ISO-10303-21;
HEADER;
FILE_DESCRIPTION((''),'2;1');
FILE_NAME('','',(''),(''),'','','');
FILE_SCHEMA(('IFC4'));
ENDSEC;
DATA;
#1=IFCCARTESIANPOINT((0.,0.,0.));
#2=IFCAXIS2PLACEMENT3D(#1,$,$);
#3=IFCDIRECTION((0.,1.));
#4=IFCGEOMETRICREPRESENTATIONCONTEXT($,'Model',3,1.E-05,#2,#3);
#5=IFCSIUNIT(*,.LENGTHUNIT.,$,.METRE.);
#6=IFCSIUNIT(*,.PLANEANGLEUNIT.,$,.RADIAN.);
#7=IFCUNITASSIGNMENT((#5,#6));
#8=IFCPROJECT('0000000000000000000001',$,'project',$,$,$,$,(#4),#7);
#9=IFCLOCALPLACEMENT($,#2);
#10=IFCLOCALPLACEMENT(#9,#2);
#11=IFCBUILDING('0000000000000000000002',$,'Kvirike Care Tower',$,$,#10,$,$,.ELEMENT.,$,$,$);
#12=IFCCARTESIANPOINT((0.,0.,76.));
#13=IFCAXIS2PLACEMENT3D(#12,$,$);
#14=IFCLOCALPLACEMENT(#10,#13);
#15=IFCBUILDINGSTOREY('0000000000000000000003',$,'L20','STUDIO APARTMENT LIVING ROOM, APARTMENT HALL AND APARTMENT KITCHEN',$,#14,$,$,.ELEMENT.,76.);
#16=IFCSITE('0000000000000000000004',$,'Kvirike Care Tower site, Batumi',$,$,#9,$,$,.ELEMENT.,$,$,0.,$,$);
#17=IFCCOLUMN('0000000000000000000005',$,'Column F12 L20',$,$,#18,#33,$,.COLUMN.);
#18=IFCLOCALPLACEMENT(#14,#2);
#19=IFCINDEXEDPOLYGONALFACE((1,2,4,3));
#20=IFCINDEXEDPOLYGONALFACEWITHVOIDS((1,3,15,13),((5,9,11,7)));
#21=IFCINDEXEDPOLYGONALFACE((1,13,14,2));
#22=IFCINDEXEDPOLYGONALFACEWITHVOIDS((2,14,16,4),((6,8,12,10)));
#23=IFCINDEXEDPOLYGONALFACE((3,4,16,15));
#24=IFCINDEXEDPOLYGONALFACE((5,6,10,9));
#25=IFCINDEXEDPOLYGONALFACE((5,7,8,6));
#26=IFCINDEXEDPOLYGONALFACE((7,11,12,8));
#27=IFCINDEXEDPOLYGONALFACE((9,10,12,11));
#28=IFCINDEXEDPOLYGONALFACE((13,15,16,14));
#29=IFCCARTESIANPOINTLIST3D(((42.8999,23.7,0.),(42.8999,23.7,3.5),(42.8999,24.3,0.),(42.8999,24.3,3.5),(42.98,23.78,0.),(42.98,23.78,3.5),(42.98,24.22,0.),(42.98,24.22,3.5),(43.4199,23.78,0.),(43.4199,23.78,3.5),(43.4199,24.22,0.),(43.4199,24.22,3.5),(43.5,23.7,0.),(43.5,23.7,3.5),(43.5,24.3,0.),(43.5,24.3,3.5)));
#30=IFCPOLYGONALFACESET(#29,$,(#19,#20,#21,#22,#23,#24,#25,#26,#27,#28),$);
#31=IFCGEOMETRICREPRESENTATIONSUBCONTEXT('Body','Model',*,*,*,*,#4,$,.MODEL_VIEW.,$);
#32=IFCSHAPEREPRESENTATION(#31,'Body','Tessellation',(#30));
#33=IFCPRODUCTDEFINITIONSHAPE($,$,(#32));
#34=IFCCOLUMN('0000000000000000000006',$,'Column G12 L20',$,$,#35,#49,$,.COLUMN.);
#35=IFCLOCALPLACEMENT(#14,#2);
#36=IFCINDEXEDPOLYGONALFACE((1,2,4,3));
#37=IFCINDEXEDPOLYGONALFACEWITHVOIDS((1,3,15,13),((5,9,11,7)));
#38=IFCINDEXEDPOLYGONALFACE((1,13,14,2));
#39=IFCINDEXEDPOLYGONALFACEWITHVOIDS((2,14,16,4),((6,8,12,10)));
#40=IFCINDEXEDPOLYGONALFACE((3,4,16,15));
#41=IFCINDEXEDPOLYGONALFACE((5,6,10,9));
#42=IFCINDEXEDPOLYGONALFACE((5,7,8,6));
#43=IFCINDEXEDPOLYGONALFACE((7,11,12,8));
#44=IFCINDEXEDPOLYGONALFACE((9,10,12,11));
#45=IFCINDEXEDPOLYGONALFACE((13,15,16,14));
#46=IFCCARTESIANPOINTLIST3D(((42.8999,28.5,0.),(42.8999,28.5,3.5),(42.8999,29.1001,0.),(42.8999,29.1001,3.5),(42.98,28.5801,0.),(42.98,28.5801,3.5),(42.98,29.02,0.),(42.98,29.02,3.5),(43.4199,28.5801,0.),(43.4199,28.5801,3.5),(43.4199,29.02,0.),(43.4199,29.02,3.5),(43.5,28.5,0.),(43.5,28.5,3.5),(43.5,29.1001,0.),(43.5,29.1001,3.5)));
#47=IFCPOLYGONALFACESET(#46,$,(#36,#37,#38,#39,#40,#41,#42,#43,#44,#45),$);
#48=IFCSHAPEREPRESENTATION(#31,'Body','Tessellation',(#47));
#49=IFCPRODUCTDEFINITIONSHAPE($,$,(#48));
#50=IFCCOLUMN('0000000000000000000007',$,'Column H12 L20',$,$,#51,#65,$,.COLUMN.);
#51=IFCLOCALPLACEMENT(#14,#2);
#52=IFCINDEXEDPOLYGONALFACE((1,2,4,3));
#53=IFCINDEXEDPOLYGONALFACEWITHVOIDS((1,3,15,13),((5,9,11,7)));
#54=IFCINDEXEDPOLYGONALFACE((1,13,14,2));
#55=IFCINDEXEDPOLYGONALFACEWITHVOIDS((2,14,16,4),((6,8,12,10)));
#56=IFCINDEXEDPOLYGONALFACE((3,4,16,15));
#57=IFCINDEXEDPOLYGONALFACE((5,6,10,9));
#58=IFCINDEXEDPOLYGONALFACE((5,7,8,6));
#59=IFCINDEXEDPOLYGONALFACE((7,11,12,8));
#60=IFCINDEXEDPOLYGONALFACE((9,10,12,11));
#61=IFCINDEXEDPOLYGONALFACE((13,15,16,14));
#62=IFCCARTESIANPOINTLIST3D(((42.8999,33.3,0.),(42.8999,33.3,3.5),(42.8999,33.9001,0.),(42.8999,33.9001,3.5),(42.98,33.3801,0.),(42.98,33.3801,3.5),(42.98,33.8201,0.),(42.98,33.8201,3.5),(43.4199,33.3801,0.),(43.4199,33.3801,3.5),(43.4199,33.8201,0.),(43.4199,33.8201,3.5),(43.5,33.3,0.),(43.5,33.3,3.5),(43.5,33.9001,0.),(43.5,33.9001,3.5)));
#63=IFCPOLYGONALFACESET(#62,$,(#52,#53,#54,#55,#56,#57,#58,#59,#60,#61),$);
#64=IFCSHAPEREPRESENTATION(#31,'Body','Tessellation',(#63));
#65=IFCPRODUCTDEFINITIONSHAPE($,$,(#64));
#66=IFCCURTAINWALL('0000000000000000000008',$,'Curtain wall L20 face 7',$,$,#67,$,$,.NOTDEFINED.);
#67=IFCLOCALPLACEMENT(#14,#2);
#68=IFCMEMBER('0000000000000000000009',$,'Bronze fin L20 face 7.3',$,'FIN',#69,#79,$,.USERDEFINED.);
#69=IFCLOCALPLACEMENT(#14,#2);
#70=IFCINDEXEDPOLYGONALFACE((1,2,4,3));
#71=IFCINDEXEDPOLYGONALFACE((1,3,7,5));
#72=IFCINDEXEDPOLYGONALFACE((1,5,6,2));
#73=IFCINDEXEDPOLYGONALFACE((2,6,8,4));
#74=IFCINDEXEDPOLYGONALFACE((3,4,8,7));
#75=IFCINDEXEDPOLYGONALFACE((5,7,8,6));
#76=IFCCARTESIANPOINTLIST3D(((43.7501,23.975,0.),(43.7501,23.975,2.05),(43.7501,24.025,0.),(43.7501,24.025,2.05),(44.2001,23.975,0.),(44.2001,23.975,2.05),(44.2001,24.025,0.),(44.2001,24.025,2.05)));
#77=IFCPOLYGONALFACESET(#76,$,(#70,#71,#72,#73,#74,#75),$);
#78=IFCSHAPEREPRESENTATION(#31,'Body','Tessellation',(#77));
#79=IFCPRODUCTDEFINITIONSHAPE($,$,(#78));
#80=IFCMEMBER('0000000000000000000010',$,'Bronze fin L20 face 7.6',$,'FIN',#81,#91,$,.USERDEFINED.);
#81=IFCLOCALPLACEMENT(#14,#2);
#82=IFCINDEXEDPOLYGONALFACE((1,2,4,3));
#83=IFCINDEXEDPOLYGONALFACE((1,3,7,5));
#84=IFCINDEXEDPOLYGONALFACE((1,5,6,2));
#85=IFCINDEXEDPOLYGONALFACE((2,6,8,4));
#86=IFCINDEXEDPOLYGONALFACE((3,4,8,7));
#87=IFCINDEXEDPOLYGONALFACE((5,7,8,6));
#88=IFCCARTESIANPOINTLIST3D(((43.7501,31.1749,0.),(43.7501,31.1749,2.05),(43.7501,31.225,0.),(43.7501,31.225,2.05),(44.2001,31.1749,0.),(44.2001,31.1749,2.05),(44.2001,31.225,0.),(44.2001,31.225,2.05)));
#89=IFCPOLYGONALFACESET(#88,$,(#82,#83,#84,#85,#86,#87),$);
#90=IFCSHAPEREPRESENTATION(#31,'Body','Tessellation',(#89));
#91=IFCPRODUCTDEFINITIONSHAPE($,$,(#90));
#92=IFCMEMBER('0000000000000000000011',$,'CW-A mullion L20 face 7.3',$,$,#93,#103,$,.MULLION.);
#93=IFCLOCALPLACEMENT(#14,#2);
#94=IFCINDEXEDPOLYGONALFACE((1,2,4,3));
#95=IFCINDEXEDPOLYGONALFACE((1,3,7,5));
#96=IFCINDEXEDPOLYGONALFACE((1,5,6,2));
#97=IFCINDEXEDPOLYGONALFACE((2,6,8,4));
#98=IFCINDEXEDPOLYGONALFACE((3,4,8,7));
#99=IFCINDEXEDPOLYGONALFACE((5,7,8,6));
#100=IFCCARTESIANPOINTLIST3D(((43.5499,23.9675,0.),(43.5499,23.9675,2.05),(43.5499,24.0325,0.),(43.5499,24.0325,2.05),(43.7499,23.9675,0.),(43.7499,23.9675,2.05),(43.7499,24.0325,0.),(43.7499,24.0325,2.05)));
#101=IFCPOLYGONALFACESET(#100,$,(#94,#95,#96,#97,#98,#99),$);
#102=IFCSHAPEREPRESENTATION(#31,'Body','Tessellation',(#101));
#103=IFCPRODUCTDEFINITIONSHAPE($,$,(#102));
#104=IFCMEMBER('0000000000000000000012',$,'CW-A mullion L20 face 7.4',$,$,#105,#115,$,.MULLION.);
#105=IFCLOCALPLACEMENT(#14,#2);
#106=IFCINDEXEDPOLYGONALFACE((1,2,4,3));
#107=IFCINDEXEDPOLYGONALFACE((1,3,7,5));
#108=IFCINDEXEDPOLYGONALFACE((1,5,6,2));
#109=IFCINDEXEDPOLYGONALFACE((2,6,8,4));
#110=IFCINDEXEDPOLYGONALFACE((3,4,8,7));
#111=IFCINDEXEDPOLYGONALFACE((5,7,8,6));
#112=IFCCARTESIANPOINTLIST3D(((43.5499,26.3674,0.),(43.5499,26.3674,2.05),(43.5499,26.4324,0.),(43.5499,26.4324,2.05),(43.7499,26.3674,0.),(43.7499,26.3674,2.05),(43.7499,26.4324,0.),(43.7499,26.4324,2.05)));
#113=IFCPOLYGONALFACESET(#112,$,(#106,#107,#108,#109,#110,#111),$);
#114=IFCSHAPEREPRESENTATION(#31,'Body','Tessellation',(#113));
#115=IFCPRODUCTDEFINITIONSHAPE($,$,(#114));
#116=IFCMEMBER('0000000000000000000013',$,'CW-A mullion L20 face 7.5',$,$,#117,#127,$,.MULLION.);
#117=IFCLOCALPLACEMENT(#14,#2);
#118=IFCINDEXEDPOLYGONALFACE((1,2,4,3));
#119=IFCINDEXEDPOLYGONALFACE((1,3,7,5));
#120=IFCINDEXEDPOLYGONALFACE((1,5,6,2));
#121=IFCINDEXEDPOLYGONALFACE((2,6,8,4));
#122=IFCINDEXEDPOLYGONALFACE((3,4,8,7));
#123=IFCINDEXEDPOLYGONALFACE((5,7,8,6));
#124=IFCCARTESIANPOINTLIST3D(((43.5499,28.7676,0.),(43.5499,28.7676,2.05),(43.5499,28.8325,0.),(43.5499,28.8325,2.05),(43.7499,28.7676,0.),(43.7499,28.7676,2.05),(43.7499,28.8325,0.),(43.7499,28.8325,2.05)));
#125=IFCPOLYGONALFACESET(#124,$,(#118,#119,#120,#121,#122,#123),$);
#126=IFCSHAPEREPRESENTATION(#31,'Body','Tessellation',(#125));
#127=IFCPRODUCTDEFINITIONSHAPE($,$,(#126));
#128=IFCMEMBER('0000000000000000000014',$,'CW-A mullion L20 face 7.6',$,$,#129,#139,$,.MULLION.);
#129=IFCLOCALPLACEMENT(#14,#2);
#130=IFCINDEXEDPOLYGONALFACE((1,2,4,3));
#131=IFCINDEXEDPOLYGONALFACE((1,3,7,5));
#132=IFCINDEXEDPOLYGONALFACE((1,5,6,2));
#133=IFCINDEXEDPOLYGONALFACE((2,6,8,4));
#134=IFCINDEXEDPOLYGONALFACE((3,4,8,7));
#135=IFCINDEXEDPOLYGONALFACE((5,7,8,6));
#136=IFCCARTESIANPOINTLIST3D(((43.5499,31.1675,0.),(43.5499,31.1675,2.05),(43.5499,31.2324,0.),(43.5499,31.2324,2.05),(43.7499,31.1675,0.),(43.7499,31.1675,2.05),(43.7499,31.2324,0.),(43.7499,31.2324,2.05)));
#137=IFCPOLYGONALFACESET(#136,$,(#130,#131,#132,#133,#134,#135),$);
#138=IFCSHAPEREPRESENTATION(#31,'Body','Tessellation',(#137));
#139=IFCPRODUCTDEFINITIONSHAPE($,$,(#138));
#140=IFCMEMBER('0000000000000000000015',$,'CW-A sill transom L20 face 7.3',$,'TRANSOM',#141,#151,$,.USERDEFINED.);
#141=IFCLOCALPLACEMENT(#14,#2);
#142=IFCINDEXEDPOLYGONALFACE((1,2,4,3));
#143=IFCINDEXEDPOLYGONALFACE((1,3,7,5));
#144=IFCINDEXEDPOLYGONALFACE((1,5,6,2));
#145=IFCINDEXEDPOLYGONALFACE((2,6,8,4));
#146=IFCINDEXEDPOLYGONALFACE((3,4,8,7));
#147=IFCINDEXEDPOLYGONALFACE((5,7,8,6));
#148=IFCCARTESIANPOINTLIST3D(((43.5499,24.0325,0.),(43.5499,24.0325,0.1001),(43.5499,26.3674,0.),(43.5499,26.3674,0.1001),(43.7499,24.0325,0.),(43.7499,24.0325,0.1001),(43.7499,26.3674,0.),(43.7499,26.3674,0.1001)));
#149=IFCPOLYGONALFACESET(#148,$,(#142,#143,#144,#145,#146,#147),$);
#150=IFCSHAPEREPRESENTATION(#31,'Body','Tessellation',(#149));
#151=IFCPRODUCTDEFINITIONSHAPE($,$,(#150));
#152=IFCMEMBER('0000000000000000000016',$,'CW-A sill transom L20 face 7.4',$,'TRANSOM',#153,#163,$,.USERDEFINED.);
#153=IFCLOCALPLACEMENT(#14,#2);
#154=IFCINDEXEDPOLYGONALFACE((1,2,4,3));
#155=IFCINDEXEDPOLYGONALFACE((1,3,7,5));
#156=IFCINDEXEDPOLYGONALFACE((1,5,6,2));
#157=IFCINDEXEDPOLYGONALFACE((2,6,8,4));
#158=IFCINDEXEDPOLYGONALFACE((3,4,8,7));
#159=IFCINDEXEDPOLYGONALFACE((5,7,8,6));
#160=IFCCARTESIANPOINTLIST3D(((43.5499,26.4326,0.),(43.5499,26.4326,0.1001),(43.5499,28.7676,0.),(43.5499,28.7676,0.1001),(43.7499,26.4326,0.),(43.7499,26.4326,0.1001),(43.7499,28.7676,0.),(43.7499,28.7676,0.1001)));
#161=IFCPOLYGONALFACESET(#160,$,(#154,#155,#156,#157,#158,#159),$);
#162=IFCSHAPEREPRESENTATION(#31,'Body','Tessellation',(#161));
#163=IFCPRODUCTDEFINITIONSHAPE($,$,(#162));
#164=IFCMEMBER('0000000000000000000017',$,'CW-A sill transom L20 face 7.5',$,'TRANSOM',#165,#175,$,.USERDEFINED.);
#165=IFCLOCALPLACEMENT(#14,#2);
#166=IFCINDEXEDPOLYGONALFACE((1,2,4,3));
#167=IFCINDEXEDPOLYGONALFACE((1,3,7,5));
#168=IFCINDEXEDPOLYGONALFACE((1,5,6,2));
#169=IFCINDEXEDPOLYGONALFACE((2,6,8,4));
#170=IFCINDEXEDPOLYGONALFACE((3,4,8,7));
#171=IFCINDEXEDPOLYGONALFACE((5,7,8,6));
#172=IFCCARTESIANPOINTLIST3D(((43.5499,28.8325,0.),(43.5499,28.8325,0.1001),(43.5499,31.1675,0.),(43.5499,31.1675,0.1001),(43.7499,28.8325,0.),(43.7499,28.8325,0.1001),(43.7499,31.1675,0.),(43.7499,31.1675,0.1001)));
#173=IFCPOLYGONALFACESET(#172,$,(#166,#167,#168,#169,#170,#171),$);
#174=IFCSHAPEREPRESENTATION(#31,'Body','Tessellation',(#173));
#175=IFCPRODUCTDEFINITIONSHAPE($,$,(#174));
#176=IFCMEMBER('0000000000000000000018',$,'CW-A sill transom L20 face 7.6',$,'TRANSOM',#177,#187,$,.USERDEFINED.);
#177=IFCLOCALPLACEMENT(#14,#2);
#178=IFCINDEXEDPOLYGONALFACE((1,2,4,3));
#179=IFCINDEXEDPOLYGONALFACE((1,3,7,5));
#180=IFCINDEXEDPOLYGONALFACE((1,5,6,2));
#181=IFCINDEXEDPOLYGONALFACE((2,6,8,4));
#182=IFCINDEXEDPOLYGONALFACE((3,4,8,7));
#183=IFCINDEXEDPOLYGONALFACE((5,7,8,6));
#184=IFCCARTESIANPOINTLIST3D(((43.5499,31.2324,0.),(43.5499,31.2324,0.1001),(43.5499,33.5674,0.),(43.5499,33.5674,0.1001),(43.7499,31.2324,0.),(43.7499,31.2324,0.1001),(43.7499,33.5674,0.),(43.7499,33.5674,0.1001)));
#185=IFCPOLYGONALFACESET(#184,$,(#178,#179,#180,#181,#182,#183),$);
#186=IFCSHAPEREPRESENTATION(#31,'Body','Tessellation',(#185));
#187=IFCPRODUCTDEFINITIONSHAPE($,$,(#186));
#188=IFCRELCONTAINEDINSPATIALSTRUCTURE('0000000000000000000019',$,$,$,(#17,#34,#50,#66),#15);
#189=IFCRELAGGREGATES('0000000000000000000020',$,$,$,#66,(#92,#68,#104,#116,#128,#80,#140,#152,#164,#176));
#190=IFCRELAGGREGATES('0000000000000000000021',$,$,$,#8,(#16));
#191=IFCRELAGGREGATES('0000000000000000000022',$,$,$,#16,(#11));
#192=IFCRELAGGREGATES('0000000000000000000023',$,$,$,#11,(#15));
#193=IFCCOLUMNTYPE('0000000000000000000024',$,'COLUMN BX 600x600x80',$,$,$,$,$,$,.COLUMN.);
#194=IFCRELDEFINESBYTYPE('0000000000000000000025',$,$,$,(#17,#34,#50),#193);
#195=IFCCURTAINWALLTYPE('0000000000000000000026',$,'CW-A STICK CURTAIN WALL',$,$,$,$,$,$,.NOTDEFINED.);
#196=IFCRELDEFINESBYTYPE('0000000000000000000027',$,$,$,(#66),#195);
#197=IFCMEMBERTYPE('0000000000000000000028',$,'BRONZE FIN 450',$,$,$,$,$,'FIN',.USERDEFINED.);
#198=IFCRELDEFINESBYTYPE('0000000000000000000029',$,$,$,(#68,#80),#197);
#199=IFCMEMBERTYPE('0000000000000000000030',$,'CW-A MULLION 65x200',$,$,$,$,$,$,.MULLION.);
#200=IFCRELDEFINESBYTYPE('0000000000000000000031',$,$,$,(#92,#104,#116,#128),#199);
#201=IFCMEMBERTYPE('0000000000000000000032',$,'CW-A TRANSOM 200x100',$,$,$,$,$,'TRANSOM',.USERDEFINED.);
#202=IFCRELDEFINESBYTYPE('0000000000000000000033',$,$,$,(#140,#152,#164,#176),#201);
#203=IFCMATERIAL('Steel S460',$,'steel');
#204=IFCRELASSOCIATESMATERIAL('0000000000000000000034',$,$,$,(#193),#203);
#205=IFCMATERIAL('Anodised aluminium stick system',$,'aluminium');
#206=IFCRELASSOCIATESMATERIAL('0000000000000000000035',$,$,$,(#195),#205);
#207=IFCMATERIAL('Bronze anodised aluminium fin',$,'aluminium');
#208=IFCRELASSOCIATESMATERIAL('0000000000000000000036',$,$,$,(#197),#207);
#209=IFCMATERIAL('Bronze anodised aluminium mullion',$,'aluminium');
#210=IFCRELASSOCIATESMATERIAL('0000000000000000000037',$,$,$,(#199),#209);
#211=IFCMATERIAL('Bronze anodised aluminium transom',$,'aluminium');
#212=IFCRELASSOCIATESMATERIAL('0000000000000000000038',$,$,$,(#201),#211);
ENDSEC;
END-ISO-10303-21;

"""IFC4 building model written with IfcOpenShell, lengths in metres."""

from ifc_helpers import new_model, si_unit, direction, frame, origin, origin_2d, place, context, subcontext, project, spatial, rectangle, hollow_rectangle, extrude, material, material_profile, profile_set, type_object, element, aggregate, save


model = new_model("IFC4")

# Units and contexts
model_context = context("Model", 3, precision=1e-05, world=origin(), true_north=direction((0.0, 1.0)))
body_context = subcontext(model_context, "Body", "Model", "MODEL_VIEW")
ifc_project = project(units=[si_unit("LENGTHUNIT", "METRE"), si_unit("PLANEANGLEUNIT", "RADIAN")], contexts=[model_context])

# Site, building, storey
site_placement = place(None, origin())
site = spatial("IfcSite", under=ifc_project, at=site_placement, Name="Kvirike Care Tower site, Batumi", CompositionType="ELEMENT", RefElevation=0.0)
building_placement = place(site_placement, origin())
building = spatial("IfcBuilding", under=site, at=building_placement, Name="Kvirike Care Tower", CompositionType="ELEMENT")
storey_placement = place(building_placement, frame((0.0, 0.0, 76.0)))
storey = spatial("IfcBuildingStorey", under=building, at=storey_placement, Name="L20", Description="STUDIO APARTMENT LIVING ROOM, APARTMENT HALL AND APARTMENT KITCHEN", CompositionType="ELEMENT", Elevation=76.0)

# Columns
ifc_material_1 = material(Name="Steel S460", Category="steel")
ifc_material_profile_1 = material_profile(ifc_material_1, hollow_rectangle(XDim=0.6001, YDim=0.6001, WallThickness=0.0801, at=origin_2d()), Name="BX 600x600x80")
ifc_profile_set_1 = profile_set([ifc_material_profile_1], Name="Steel S460")
column_type = type_object("IfcColumnType", Name="COLUMN BX 600x600x80", PredefinedType="COLUMN", material=ifc_profile_set_1)
for number, where, z_axis, x_axis, name in (
    (1, (43.2, 24.0, 0.0), (0.0, 0.0, 1.0), (1.0, 0.0, 0.0), "Column F12 L20"),
    (2, (43.2, 28.8, 0.0), (0.0, 0.0, 1.0), (0.0, 1.0, 0.0), "Column G12 L20"),
    (3, (43.2, 33.6001, 0.0), (0.0, 0.0, 1.0), (1.0, 0.0, 0.0), "Column H12 L20"),
):
    element("IfcColumn", number, at=place(storey_placement, frame(where, z_axis=z_axis, x_axis=x_axis)), inside=storey, type_object=column_type, Name=name, PredefinedType="COLUMN", context=body_context, shape_type="SweptSolid", body=[
        extrude(hollow_rectangle(XDim=0.6001, YDim=0.6001, WallThickness=0.0801, at=origin_2d()), origin(), (0.0, 0.0, 1.0), 3.5),
    ])

# Curtain wall, members
ifc_material_2 = material(Name="Anodised aluminium stick system", Category="aluminium")
curtain_wall_type = type_object("IfcCurtainWallType", Name="CW-A STICK CURTAIN WALL", PredefinedType="NOTDEFINED", material=ifc_material_2)
curtain_wall_placement = place(storey_placement, origin())
curtain_wall = element("IfcCurtainWall", 4, at=curtain_wall_placement, inside=storey, type_object=curtain_wall_type, Name="Curtain wall L20 face 7", PredefinedType="NOTDEFINED")
ifc_material_3 = material(Name="Bronze anodised aluminium fin", Category="aluminium")
ifc_material_profile_2 = material_profile(ifc_material_3, rectangle(XDim=0.05, YDim=0.45, at=origin_2d()), Name="BRONZE FIN 450")
ifc_profile_set_2 = profile_set([ifc_material_profile_2], Name="Bronze anodised aluminium fin")
member_type_1 = type_object("IfcMemberType", Name="BRONZE FIN 450", ElementType="FIN", PredefinedType="USERDEFINED", material=ifc_profile_set_2)
member_1_placement = place(storey_placement, frame((43.9751, 24.0, 0.0), z_axis=(0.0, 0.0, 1.0), x_axis=(0.0, 1.0, 0.0)))
member_1 = element("IfcMember", 5, at=member_1_placement, type_object=member_type_1, Name="Bronze fin L20 face 7.3", ObjectType="FIN", PredefinedType="USERDEFINED", context=body_context, shape_type="SweptSolid", body=[
    extrude(rectangle(XDim=0.05, YDim=0.45, at=origin_2d()), origin(), (0.0, 0.0, 1.0), 2.05),
])
member_2_placement = place(storey_placement, frame((43.9751, 31.2, 0.0), z_axis=(0.0, 0.0, 1.0), x_axis=(0.0, 1.0, 0.0)))
member_2 = element("IfcMember", 6, at=member_2_placement, type_object=member_type_1, Name="Bronze fin L20 face 7.6", ObjectType="FIN", PredefinedType="USERDEFINED", context=body_context, shape_type="SweptSolid", body=[
    extrude(rectangle(XDim=0.05, YDim=0.45, at=origin_2d()), origin(), (0.0, 0.0, 1.0), 2.05),
])
ifc_material_4 = material(Name="Bronze anodised aluminium mullion", Category="aluminium")
ifc_material_profile_3 = material_profile(ifc_material_4, rectangle(XDim=0.0649, YDim=0.2, at=origin_2d()), Name="CW-A MULLION 65x200")
ifc_profile_set_3 = profile_set([ifc_material_profile_3], Name="Bronze anodised aluminium mullion")
member_type_2 = type_object("IfcMemberType", Name="CW-A MULLION 65x200", PredefinedType="MULLION", material=ifc_profile_set_3)
member_3_placement = place(storey_placement, frame((43.6499, 24.0, 0.0), z_axis=(0.0, 0.0, 1.0), x_axis=(0.0, 1.0, 0.0)))
member_3 = element("IfcMember", 7, at=member_3_placement, type_object=member_type_2, Name="CW-A mullion L20 face 7.3", PredefinedType="MULLION", context=body_context, shape_type="SweptSolid", body=[
    extrude(rectangle(XDim=0.0649, YDim=0.2, at=origin_2d()), origin(), (0.0, 0.0, 1.0), 2.05),
])
member_4_placement = place(storey_placement, frame((43.6499, 26.3999, 0.0), z_axis=(0.0, 0.0, 1.0), x_axis=(0.0, 1.0, 0.0)))
member_4 = element("IfcMember", 8, at=member_4_placement, type_object=member_type_2, Name="CW-A mullion L20 face 7.4", PredefinedType="MULLION", context=body_context, shape_type="SweptSolid", body=[
    extrude(rectangle(XDim=0.0649, YDim=0.2, at=origin_2d()), origin(), (0.0, 0.0, 1.0), 2.05),
])
member_5_placement = place(storey_placement, frame((43.6499, 28.8, 0.0), z_axis=(0.0, 0.0, 1.0), x_axis=(0.0, 1.0, 0.0)))
member_5 = element("IfcMember", 9, at=member_5_placement, type_object=member_type_2, Name="CW-A mullion L20 face 7.5", PredefinedType="MULLION", context=body_context, shape_type="SweptSolid", body=[
    extrude(rectangle(XDim=0.0649, YDim=0.2, at=origin_2d()), origin(), (0.0, 0.0, 1.0), 2.05),
])
member_6_placement = place(storey_placement, frame((43.6499, 31.2, 0.0), z_axis=(0.0, 0.0, 1.0), x_axis=(0.0, 1.0, 0.0)))
member_6 = element("IfcMember", 10, at=member_6_placement, type_object=member_type_2, Name="CW-A mullion L20 face 7.6", PredefinedType="MULLION", context=body_context, shape_type="SweptSolid", body=[
    extrude(rectangle(XDim=0.0649, YDim=0.2, at=origin_2d()), origin(), (0.0, 0.0, 1.0), 2.05),
])
ifc_material_5 = material(Name="Bronze anodised aluminium transom", Category="aluminium")
ifc_material_profile_4 = material_profile(ifc_material_5, rectangle(XDim=0.2, YDim=0.1001, at=origin_2d()), Name="CW-A TRANSOM 200x100")
ifc_profile_set_4 = profile_set([ifc_material_profile_4], Name="Bronze anodised aluminium transom")
member_type_3 = type_object("IfcMemberType", Name="CW-A TRANSOM 200x100", ElementType="TRANSOM", PredefinedType="USERDEFINED", material=ifc_profile_set_4)
member_7_placement = place(storey_placement, frame((43.6499, 24.0325, 0.05), z_axis=(0.0, 1.0, 0.0), x_axis=(-1.0, 0.0, 0.0)))
member_7 = element("IfcMember", 11, at=member_7_placement, type_object=member_type_3, Name="CW-A sill transom L20 face 7.3", ObjectType="TRANSOM", PredefinedType="USERDEFINED", context=body_context, shape_type="SweptSolid", body=[
    extrude(rectangle(XDim=0.2, YDim=0.1001, at=origin_2d()), origin(), (0.0, 0.0, 1.0), 2.335),
])
member_8_placement = place(storey_placement, frame((43.6499, 26.4326, 0.05), z_axis=(0.0, 1.0, 0.0), x_axis=(-1.0, 0.0, 0.0)))
member_8 = element("IfcMember", 12, at=member_8_placement, type_object=member_type_3, Name="CW-A sill transom L20 face 7.4", ObjectType="TRANSOM", PredefinedType="USERDEFINED", context=body_context, shape_type="SweptSolid", body=[
    extrude(rectangle(XDim=0.2, YDim=0.1001, at=origin_2d()), origin(), (0.0, 0.0, 1.0), 2.335),
])
member_9_placement = place(storey_placement, frame((43.6499, 28.8325, 0.05), z_axis=(0.0, 1.0, 0.0), x_axis=(-1.0, 0.0, 0.0)))
member_9 = element("IfcMember", 13, at=member_9_placement, type_object=member_type_3, Name="CW-A sill transom L20 face 7.5", ObjectType="TRANSOM", PredefinedType="USERDEFINED", context=body_context, shape_type="SweptSolid", body=[
    extrude(rectangle(XDim=0.2, YDim=0.1001, at=origin_2d()), origin(), (0.0, 0.0, 1.0), 2.335),
])
member_10_placement = place(storey_placement, frame((43.6499, 31.2324, 0.05), z_axis=(0.0, 1.0, 0.0), x_axis=(-1.0, 0.0, 0.0)))
member_10 = element("IfcMember", 14, at=member_10_placement, type_object=member_type_3, Name="CW-A sill transom L20 face 7.6", ObjectType="TRANSOM", PredefinedType="USERDEFINED", context=body_context, shape_type="SweptSolid", body=[
    extrude(rectangle(XDim=0.2, YDim=0.1001, at=origin_2d()), origin(), (0.0, 0.0, 1.0), 2.335),
])

aggregate(curtain_wall, [member_3, member_1, member_4, member_5, member_6, member_2, member_7, member_8, member_9, member_10])

save(model, "model.ifc")
